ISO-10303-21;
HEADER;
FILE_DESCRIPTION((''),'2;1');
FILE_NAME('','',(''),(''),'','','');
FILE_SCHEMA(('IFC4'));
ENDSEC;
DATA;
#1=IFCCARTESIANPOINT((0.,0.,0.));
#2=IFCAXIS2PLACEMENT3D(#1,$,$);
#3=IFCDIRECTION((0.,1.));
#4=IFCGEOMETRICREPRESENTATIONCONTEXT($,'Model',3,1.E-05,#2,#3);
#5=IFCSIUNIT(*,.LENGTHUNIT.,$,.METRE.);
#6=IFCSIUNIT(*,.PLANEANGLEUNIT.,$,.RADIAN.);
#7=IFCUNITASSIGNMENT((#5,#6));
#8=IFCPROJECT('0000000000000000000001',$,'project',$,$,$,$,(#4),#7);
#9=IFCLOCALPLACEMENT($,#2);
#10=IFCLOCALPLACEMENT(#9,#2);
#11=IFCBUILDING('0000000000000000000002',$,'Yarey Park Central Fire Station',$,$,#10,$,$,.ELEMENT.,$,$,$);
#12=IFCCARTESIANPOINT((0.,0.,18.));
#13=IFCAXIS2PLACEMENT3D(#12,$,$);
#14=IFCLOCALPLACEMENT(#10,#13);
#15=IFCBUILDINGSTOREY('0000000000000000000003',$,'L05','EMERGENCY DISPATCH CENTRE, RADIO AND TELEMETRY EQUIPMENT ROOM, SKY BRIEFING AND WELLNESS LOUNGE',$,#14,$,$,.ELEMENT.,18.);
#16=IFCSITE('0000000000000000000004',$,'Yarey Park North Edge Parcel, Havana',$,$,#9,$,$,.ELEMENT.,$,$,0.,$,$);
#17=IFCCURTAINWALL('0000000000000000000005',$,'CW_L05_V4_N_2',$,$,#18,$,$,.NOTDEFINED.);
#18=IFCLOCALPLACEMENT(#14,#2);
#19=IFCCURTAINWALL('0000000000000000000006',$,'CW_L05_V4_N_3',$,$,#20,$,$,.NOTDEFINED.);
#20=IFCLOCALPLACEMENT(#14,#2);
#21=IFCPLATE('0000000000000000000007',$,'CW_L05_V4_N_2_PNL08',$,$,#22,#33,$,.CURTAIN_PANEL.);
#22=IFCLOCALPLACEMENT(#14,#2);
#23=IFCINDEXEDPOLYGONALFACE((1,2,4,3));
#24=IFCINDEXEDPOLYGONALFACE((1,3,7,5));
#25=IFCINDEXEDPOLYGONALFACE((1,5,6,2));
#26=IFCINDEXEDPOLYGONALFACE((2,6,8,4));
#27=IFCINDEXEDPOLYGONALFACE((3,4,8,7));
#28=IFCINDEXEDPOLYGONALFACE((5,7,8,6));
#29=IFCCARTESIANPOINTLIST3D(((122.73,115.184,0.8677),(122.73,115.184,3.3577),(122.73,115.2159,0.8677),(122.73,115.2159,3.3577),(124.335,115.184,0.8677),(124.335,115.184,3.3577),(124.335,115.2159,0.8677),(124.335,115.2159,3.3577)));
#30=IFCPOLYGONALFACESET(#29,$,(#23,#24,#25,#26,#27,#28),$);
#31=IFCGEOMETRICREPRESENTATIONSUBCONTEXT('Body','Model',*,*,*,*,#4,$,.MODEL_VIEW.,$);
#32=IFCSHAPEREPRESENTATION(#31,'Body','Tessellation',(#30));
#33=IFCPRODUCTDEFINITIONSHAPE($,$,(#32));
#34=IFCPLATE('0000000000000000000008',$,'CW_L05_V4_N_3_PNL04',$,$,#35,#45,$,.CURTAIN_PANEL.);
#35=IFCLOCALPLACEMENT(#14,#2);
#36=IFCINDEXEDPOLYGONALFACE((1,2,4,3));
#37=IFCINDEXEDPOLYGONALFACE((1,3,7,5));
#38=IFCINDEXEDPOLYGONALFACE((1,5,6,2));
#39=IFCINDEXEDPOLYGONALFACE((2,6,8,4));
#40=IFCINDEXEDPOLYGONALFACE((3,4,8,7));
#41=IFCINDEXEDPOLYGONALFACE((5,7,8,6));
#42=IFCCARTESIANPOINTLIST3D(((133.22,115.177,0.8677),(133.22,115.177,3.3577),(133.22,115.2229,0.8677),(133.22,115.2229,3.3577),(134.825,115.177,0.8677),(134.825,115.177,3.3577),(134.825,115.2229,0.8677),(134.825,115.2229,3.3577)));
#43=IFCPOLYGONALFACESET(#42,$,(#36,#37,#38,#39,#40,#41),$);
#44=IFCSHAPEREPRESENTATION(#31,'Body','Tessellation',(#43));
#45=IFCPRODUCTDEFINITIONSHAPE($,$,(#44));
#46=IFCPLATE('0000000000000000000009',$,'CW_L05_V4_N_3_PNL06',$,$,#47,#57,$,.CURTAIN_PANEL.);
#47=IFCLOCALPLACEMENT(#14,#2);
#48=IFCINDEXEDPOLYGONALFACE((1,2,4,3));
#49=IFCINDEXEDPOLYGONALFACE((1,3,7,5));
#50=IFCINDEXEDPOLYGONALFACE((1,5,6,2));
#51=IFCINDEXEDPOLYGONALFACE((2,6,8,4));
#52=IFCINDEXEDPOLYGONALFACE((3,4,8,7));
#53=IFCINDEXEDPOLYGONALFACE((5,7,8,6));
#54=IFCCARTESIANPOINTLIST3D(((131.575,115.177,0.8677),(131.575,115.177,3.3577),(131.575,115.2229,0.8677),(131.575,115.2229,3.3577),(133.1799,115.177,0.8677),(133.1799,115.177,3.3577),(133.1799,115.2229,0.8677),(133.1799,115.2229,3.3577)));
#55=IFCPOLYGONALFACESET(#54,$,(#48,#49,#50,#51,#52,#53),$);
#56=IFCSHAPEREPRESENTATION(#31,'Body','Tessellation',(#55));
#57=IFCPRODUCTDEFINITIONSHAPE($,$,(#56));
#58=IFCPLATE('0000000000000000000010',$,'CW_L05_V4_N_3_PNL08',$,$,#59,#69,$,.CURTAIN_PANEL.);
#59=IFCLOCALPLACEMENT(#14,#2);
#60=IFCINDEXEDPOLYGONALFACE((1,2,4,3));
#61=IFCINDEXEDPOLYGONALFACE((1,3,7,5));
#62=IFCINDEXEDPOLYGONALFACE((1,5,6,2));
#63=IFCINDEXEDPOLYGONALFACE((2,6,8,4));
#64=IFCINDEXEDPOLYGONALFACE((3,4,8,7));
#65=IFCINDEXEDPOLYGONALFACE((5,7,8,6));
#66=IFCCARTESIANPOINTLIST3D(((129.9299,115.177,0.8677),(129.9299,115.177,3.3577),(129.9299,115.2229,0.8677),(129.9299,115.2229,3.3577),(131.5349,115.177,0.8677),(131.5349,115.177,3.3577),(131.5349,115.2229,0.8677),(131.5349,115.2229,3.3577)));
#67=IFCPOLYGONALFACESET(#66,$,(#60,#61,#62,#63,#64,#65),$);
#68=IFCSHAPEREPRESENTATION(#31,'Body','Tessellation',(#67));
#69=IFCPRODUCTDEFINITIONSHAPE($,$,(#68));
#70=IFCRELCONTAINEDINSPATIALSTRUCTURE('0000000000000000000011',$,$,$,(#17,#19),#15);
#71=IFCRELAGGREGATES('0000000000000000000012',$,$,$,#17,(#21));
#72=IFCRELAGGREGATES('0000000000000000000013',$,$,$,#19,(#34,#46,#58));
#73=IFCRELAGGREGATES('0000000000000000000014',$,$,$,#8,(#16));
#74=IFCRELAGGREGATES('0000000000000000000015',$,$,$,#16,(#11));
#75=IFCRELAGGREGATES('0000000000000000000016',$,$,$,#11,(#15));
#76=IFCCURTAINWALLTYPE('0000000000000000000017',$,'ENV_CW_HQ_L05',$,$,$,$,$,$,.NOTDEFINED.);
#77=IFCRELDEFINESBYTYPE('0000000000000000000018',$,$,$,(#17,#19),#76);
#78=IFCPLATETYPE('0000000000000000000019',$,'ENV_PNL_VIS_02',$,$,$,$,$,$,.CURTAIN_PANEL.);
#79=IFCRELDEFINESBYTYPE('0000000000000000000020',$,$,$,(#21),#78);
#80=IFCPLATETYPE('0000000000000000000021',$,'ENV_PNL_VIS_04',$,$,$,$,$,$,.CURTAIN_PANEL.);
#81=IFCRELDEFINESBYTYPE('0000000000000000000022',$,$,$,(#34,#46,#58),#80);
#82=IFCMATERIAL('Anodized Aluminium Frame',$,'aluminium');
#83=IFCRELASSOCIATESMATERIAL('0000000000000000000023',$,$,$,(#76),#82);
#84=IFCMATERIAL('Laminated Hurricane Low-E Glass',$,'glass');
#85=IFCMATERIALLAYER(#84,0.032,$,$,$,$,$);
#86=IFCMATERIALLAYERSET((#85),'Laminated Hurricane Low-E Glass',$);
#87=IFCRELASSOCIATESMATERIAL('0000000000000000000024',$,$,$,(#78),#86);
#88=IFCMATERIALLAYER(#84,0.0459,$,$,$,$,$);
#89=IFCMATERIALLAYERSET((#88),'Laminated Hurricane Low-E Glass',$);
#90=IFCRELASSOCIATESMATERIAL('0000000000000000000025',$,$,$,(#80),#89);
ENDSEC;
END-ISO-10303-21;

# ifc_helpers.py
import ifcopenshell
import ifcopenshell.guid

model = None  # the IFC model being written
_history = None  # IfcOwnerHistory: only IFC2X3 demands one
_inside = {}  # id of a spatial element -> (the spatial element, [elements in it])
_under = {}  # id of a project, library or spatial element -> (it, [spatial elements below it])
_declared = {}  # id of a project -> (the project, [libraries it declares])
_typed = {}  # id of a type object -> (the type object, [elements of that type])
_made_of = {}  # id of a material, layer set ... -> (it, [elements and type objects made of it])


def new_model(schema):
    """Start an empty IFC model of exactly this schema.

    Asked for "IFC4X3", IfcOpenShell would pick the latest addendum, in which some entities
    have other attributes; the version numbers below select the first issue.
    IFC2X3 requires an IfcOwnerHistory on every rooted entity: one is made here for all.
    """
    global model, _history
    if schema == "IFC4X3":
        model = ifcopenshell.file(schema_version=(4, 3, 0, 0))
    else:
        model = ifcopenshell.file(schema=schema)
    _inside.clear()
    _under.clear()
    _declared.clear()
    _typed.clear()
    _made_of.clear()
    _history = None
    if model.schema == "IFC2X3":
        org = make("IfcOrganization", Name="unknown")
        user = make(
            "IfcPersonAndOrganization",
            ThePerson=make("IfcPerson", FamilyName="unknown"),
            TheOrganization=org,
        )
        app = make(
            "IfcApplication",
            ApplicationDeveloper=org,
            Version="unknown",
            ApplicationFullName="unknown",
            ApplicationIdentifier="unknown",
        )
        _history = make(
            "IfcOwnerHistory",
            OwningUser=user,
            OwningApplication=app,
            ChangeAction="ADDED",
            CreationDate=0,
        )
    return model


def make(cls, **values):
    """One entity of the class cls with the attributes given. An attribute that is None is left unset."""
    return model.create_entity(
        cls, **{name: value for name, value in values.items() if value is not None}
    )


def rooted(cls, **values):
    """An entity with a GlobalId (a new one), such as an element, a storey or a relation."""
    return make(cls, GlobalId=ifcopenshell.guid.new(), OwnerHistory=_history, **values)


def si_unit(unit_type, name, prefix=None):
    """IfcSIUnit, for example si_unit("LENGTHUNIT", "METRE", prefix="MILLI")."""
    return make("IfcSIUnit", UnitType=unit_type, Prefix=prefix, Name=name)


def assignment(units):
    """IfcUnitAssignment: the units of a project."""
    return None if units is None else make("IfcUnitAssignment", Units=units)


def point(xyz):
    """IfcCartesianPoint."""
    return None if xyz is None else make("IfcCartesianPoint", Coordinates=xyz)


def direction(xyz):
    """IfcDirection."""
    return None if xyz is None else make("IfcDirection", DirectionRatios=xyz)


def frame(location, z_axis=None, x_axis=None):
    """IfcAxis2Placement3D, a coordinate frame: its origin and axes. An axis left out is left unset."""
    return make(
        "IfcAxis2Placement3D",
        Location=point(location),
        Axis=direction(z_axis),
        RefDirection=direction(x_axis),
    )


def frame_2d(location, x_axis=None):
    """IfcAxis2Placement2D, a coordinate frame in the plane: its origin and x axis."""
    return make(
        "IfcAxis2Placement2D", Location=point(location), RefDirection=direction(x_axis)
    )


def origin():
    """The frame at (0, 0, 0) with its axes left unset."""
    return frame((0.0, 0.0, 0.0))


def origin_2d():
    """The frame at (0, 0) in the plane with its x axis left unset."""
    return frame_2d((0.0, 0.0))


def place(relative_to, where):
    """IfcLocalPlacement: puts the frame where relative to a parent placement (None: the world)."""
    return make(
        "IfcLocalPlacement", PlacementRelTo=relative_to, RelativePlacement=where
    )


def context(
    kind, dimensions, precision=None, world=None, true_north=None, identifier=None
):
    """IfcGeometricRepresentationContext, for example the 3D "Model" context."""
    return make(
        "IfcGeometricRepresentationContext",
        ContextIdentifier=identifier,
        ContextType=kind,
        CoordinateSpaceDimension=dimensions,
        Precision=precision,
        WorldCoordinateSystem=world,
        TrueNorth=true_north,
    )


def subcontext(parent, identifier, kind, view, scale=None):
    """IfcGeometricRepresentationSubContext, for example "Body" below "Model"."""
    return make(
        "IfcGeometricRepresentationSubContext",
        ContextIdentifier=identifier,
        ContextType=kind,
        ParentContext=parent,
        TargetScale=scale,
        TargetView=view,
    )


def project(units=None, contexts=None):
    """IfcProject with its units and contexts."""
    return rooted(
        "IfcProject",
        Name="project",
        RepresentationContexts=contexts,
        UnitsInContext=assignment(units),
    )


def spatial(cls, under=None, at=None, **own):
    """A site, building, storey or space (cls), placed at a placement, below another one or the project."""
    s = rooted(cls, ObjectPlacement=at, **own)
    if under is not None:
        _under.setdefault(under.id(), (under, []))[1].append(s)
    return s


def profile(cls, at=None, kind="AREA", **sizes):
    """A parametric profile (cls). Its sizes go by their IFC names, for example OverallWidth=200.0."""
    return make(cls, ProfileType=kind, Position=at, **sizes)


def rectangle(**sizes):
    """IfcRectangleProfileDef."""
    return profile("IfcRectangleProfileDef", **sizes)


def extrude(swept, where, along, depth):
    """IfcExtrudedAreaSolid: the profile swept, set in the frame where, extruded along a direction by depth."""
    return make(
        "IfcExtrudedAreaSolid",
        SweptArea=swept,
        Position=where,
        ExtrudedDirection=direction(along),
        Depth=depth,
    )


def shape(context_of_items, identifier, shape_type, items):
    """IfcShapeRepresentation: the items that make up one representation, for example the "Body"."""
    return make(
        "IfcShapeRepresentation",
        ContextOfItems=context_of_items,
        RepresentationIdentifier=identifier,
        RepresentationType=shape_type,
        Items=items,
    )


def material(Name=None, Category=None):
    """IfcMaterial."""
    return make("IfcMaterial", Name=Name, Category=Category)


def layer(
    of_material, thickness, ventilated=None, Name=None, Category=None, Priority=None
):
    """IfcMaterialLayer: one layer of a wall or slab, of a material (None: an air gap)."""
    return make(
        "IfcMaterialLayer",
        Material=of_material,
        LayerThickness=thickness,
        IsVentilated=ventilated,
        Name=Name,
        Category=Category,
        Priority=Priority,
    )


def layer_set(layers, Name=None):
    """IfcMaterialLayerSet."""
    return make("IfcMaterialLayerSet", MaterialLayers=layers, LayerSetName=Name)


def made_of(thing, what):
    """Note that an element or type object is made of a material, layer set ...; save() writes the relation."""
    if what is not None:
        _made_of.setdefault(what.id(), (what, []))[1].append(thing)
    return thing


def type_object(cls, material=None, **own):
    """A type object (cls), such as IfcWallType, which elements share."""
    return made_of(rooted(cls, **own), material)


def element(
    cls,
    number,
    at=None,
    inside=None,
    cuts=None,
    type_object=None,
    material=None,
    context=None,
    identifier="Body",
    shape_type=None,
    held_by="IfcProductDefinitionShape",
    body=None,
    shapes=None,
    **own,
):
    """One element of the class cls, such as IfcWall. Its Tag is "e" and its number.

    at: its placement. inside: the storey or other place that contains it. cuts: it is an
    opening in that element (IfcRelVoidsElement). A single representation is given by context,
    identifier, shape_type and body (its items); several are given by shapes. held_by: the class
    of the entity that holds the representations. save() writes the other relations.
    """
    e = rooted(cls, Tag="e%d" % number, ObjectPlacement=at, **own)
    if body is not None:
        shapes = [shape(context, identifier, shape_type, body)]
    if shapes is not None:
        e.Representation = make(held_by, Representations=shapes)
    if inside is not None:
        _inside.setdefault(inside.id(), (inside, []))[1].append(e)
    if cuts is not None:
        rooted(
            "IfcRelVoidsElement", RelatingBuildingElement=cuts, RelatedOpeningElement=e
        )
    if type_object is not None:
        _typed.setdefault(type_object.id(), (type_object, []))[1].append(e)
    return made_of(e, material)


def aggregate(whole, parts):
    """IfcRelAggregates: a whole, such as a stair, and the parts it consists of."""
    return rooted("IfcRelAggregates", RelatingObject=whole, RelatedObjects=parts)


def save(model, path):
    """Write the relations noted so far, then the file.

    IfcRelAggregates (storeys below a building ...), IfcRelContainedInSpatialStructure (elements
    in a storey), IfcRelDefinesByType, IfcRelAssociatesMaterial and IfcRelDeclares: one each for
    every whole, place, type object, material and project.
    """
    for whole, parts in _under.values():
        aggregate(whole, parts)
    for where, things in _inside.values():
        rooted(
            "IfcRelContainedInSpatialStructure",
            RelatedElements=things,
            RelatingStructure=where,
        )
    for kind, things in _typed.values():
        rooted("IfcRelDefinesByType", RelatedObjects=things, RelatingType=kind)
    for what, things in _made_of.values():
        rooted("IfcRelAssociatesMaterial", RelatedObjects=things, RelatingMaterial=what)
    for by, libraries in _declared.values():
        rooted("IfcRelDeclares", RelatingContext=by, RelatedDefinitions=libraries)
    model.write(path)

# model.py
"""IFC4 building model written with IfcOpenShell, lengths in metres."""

from ifc_helpers import new_model, si_unit, direction, frame, origin, origin_2d, place, context, subcontext, project, spatial, rectangle, extrude, material, layer, layer_set, type_object, element, aggregate, save


model = new_model("IFC4")

# Units and contexts
model_context = context("Model", 3, precision=1e-05, world=origin(), true_north=direction((0.0, 1.0)))
body_context = subcontext(model_context, "Body", "Model", "MODEL_VIEW")
ifc_project = project(units=[si_unit("LENGTHUNIT", "METRE"), si_unit("PLANEANGLEUNIT", "RADIAN")], contexts=[model_context])

# Site, building, storey
site_placement = place(None, origin())
site = spatial("IfcSite", under=ifc_project, at=site_placement, Name="Yarey Park North Edge Parcel, Havana", CompositionType="ELEMENT", RefElevation=0.0)
building_placement = place(site_placement, origin())
building = spatial("IfcBuilding", under=site, at=building_placement, Name="Yarey Park Central Fire Station", CompositionType="ELEMENT")
storey_placement = place(building_placement, frame((0.0, 0.0, 18.0)))
storey = spatial("IfcBuildingStorey", under=building, at=storey_placement, Name="L05", Description="EMERGENCY DISPATCH CENTRE, RADIO AND TELEMETRY EQUIPMENT ROOM, SKY BRIEFING AND WELLNESS LOUNGE", CompositionType="ELEMENT", Elevation=18.0)

# Curtain walls
ifc_material_1 = material(Name="Anodized Aluminium Frame", Category="aluminium")
curtain_wall_type = type_object("IfcCurtainWallType", Name="ENV_CW_HQ_L05", PredefinedType="NOTDEFINED", material=ifc_material_1)
curtain_wall_1_placement = place(storey_placement, origin())
curtain_wall_1 = element("IfcCurtainWall", 1, at=curtain_wall_1_placement, inside=storey, type_object=curtain_wall_type, Name="CW_L05_V4_N_2", PredefinedType="NOTDEFINED")
curtain_wall_2_placement = place(storey_placement, origin())
curtain_wall_2 = element("IfcCurtainWall", 2, at=curtain_wall_2_placement, inside=storey, type_object=curtain_wall_type, Name="CW_L05_V4_N_3", PredefinedType="NOTDEFINED")

# Plates
ifc_material_2 = material(Name="Laminated Hurricane Low-E Glass", Category="glass")
ifc_layer_1 = layer(ifc_material_2, 0.032)
ifc_layer_set_1 = layer_set([ifc_layer_1], Name="Laminated Hurricane Low-E Glass")
plate_type_1 = type_object("IfcPlateType", Name="ENV_PNL_VIS_02", PredefinedType="CURTAIN_PANEL", material=ifc_layer_set_1)
plate_1_placement = place(storey_placement, frame((123.5325, 115.2, 0.8677), z_axis=(0.0, 0.0, 1.0), x_axis=(-1.0, 0.0, 0.0)))
plate_1 = element("IfcPlate", 3, at=plate_1_placement, type_object=plate_type_1, Name="CW_L05_V4_N_2_PNL08", PredefinedType="CURTAIN_PANEL", context=body_context, shape_type="SweptSolid", body=[
    extrude(rectangle(XDim=1.605, YDim=0.032, at=origin_2d()), origin(), (0.0, 0.0, 1.0), 2.49),
])
aggregate(curtain_wall_1, [plate_1])
ifc_layer_2 = layer(ifc_material_2, 0.0459)
ifc_layer_set_2 = layer_set([ifc_layer_2], Name="Laminated Hurricane Low-E Glass")
plate_type_2 = type_object("IfcPlateType", Name="ENV_PNL_VIS_04", PredefinedType="CURTAIN_PANEL", material=ifc_layer_set_2)
plate_2_placement = place(storey_placement, frame((134.0225, 115.2, 0.8677), z_axis=(0.0, 0.0, 1.0), x_axis=(-1.0, 0.0, 0.0)))
plate_2 = element("IfcPlate", 4, at=plate_2_placement, type_object=plate_type_2, Name="CW_L05_V4_N_3_PNL04", PredefinedType="CURTAIN_PANEL", context=body_context, shape_type="SweptSolid", body=[
    extrude(rectangle(XDim=1.605, YDim=0.0459, at=origin_2d()), origin(), (0.0, 0.0, 1.0), 2.49),
])
plate_3_placement = place(storey_placement, frame((132.3774, 115.2, 0.8677), z_axis=(0.0, 0.0, 1.0), x_axis=(-1.0, 0.0, 0.0)))
plate_3 = element("IfcPlate", 5, at=plate_3_placement, type_object=plate_type_2, Name="CW_L05_V4_N_3_PNL06", PredefinedType="CURTAIN_PANEL", context=body_context, shape_type="SweptSolid", body=[
    extrude(rectangle(XDim=1.605, YDim=0.0459, at=origin_2d()), origin(), (0.0, 0.0, 1.0), 2.49),
])
plate_4_placement = place(storey_placement, frame((130.7324, 115.2, 0.8677), z_axis=(0.0, 0.0, 1.0), x_axis=(-1.0, 0.0, 0.0)))
plate_4 = element("IfcPlate", 6, at=plate_4_placement, type_object=plate_type_2, Name="CW_L05_V4_N_3_PNL08", PredefinedType="CURTAIN_PANEL", context=body_context, shape_type="SweptSolid", body=[
    extrude(rectangle(XDim=1.605, YDim=0.0459, at=origin_2d()), origin(), (0.0, 0.0, 1.0), 2.49),
])
aggregate(curtain_wall_2, [plate_2, plate_3, plate_4])

save(model, "model.ifc")
